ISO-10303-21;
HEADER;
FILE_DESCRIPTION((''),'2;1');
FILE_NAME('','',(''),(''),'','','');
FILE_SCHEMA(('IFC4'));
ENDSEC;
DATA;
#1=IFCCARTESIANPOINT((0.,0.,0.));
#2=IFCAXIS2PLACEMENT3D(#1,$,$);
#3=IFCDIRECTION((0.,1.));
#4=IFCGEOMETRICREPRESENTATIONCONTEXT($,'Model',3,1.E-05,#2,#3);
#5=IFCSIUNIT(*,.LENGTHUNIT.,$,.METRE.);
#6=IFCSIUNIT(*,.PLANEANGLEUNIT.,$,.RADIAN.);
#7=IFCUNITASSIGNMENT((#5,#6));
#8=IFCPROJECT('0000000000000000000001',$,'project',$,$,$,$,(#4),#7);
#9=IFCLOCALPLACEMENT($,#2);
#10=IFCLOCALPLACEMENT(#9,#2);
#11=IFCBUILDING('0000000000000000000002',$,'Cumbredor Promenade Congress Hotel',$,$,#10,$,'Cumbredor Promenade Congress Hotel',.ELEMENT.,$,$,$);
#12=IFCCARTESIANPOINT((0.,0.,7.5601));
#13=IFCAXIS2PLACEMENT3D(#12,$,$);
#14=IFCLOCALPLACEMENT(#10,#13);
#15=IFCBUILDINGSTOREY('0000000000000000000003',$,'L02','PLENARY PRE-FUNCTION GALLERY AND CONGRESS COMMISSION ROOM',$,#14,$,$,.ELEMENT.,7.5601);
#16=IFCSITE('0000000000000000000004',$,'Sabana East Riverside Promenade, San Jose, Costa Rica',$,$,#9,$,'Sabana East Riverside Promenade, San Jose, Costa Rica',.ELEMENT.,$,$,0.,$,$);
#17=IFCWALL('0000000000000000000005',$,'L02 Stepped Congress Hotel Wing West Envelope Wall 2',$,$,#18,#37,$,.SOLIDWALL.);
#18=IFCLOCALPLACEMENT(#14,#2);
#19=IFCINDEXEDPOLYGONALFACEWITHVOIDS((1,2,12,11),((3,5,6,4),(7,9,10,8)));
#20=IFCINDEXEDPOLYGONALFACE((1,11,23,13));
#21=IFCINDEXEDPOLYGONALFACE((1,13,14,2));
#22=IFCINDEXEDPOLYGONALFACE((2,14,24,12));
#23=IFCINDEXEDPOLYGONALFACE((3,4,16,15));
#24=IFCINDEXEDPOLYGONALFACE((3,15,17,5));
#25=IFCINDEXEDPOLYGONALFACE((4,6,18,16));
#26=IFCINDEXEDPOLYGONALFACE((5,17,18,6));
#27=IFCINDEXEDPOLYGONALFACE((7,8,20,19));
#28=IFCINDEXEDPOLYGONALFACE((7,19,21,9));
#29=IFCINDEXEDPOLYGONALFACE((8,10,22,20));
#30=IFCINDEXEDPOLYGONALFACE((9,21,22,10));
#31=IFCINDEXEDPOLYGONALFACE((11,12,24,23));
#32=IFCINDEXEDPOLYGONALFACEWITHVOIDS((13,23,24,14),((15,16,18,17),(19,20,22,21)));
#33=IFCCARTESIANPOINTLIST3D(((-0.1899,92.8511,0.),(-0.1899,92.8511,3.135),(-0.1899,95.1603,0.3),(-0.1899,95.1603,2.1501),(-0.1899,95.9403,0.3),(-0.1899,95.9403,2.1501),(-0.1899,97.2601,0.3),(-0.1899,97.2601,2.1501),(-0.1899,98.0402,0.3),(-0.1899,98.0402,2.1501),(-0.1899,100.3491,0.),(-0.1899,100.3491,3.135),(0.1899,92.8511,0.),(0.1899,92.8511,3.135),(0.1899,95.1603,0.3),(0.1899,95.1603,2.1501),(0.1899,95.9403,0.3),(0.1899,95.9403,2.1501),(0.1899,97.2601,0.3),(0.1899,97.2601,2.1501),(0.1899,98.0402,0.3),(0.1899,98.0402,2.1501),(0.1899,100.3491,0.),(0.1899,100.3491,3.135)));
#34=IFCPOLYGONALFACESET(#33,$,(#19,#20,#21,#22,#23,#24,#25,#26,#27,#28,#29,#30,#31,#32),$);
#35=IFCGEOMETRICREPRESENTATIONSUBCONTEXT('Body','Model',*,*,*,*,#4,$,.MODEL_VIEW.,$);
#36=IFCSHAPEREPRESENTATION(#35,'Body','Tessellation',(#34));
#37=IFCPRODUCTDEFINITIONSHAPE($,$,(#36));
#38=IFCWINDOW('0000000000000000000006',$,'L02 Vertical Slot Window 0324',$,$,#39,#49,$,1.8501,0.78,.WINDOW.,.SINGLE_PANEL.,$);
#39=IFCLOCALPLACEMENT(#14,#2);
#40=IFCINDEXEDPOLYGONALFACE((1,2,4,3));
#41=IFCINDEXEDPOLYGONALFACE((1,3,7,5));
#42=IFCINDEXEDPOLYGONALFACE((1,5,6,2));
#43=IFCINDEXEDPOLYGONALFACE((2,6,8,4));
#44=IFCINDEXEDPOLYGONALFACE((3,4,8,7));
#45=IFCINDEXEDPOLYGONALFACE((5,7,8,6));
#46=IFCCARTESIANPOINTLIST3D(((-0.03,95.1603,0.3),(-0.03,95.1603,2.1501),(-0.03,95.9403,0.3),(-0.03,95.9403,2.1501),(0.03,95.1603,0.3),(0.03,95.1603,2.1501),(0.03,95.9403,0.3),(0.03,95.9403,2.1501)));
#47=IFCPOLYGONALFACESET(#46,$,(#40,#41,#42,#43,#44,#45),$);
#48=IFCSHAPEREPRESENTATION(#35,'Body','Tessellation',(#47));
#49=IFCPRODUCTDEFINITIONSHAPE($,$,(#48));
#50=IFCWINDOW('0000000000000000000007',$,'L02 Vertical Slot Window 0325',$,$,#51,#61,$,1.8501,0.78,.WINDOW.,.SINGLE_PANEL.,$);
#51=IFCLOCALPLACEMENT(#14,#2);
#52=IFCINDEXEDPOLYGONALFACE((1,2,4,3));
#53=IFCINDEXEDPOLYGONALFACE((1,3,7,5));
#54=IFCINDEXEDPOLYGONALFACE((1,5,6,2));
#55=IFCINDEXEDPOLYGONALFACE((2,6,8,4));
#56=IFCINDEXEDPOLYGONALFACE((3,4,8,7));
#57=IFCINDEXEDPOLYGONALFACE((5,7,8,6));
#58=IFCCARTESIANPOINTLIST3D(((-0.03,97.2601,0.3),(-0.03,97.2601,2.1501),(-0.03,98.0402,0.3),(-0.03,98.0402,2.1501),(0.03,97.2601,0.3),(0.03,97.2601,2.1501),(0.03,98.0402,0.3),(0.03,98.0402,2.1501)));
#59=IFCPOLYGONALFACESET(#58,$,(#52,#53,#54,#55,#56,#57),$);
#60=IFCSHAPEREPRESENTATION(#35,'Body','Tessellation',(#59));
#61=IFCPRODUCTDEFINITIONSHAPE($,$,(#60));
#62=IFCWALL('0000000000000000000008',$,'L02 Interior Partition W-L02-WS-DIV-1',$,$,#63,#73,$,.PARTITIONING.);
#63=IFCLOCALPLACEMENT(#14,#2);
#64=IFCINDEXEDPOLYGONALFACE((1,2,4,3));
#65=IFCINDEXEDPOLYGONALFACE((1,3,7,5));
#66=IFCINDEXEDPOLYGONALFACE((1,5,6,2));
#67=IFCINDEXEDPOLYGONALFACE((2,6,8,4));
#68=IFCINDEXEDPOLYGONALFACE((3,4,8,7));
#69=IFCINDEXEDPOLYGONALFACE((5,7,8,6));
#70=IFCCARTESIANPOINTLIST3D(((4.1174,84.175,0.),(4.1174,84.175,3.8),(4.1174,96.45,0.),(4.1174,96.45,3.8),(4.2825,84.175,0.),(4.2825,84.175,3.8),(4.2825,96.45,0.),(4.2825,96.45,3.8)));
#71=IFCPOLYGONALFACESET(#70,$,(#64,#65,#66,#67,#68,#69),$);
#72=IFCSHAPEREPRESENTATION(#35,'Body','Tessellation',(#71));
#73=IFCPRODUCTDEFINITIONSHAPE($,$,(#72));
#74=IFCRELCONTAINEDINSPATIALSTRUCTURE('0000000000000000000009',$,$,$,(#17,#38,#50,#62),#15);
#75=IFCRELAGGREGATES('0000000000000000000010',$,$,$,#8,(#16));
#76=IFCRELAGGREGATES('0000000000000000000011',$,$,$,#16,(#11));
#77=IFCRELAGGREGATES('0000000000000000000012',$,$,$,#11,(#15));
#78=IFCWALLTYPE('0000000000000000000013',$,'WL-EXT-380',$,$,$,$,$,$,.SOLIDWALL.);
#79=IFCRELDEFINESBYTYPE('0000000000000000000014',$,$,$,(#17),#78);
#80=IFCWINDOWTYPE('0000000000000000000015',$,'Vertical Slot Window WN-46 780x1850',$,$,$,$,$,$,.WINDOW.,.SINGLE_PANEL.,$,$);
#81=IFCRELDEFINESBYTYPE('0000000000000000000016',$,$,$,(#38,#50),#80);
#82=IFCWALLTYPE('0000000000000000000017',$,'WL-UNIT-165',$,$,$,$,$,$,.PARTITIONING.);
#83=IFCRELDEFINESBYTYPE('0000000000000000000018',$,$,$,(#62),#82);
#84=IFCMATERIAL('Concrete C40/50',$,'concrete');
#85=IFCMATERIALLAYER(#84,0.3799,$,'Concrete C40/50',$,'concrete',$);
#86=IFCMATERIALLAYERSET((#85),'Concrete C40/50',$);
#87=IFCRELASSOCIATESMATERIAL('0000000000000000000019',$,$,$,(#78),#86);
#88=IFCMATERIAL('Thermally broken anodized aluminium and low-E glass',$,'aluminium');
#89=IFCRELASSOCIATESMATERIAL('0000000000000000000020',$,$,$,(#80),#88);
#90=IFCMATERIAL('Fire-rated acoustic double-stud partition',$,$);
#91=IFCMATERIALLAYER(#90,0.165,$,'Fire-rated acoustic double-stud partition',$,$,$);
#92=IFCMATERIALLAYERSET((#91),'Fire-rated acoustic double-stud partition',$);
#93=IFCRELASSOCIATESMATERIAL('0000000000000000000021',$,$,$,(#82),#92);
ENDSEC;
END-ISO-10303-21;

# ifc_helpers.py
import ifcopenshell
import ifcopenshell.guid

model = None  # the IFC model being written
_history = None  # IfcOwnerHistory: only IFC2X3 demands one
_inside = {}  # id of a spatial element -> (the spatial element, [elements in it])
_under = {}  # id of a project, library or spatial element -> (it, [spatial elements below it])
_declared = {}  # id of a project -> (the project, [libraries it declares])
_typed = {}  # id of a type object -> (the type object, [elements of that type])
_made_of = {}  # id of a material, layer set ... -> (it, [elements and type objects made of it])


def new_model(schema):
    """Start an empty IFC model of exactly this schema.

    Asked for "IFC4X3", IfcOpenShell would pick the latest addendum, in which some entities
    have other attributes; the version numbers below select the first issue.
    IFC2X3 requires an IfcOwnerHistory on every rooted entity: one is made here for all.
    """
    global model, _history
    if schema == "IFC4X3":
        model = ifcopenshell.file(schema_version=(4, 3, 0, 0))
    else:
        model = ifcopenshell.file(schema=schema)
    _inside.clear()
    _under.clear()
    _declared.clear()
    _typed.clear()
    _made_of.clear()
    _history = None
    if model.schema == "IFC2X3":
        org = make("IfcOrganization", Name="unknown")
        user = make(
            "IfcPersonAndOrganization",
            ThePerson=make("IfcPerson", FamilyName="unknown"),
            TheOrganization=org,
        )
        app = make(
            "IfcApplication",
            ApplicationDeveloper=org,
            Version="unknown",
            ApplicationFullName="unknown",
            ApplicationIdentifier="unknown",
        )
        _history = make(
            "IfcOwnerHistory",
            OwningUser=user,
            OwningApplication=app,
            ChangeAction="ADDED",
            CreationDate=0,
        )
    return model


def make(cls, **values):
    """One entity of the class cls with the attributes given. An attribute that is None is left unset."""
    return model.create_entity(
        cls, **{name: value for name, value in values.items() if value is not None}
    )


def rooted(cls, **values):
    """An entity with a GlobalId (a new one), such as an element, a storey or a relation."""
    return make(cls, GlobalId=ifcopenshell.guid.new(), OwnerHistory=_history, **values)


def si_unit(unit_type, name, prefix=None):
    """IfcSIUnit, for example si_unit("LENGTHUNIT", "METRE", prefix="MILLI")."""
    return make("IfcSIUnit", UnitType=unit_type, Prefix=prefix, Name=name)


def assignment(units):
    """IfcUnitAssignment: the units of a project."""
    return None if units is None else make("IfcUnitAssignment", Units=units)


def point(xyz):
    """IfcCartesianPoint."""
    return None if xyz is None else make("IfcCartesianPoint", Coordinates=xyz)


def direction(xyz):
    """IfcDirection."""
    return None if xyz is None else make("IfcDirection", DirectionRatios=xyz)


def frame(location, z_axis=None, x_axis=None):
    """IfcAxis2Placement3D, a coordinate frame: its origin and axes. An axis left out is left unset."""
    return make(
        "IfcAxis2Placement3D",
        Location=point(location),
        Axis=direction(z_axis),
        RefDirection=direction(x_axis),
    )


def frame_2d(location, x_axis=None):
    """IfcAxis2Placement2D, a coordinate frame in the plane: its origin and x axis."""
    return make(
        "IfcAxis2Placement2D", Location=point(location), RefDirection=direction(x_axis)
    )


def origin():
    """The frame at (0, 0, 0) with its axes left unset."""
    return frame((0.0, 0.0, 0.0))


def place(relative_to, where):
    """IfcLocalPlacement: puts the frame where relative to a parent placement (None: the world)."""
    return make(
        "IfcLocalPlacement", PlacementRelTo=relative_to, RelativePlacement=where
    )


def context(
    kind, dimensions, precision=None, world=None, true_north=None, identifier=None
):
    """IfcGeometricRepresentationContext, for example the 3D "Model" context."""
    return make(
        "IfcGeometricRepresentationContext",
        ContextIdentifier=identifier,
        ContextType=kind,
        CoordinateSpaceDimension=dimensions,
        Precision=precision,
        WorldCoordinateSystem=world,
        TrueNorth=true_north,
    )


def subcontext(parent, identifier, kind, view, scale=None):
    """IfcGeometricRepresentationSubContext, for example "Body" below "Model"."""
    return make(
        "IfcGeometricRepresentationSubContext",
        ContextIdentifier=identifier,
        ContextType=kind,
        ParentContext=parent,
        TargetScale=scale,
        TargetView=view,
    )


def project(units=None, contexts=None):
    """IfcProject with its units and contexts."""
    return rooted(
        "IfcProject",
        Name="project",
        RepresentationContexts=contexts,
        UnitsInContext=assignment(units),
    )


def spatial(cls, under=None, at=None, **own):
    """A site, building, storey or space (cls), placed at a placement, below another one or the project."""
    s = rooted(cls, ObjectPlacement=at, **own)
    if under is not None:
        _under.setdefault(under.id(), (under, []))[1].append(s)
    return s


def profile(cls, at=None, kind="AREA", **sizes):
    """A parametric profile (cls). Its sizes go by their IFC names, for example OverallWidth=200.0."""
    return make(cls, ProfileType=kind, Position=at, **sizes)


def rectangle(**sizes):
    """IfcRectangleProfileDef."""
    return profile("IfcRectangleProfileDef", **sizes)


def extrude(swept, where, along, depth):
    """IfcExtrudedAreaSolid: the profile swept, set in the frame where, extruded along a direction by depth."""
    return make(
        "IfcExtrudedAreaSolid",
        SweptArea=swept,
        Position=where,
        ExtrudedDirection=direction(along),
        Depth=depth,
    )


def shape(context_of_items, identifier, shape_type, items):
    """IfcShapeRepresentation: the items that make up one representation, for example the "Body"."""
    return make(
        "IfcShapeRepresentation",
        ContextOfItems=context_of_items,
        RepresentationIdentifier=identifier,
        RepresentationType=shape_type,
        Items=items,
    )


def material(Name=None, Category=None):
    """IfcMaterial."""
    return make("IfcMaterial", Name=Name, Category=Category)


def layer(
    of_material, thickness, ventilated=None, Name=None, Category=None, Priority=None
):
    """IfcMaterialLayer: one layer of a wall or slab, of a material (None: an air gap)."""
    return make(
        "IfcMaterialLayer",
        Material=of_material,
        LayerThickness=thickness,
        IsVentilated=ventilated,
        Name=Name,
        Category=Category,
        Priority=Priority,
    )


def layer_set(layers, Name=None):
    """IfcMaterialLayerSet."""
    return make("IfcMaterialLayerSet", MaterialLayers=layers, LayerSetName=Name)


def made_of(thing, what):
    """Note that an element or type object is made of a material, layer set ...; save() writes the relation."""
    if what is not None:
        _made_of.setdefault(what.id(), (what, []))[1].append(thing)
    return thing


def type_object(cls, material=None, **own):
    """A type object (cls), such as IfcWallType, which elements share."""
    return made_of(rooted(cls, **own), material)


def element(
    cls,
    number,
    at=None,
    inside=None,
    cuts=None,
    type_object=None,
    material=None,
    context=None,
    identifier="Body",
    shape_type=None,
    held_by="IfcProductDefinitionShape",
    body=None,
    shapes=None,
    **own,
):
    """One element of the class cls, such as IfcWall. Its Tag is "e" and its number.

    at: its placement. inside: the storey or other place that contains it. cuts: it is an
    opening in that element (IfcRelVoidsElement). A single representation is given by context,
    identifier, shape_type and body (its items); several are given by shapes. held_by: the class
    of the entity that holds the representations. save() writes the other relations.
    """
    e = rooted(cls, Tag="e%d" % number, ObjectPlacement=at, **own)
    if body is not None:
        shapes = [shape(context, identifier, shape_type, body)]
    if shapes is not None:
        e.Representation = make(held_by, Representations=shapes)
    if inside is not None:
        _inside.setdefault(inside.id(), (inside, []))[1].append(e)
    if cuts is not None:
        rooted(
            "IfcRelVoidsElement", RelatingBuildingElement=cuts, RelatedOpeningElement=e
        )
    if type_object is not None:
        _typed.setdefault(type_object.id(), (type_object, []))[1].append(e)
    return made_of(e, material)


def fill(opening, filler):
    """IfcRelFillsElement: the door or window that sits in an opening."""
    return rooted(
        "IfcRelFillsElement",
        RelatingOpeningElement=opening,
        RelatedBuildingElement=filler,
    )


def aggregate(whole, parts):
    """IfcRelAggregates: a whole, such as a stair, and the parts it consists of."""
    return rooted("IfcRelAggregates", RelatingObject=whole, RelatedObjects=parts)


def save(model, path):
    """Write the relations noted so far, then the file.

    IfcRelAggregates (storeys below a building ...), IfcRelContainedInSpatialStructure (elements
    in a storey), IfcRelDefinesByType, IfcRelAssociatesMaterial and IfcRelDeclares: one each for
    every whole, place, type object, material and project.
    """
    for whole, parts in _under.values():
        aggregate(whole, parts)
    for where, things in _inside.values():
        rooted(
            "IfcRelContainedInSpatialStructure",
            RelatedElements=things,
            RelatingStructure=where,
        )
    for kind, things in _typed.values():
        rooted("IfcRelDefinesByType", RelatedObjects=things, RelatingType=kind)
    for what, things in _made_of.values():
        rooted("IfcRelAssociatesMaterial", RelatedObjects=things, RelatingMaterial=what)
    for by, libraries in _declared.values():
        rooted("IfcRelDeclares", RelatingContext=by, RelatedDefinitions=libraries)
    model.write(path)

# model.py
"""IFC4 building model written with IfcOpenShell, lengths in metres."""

from ifc_helpers import new_model, si_unit, direction, frame, frame_2d, origin, place, context, subcontext, project, spatial, rectangle, extrude, material, layer, layer_set, type_object, element, fill, save


model = new_model("IFC4")

# Units and contexts
model_context = context("Model", 3, precision=1e-05, world=origin(), true_north=direction((0.0, 1.0)))
body_context = subcontext(model_context, "Body", "Model", "MODEL_VIEW")
ifc_project = project(units=[si_unit("LENGTHUNIT", "METRE"), si_unit("PLANEANGLEUNIT", "RADIAN")], contexts=[model_context])

# Site, building, storey
site_placement = place(None, origin())
site = spatial("IfcSite", under=ifc_project, at=site_placement, Name="Sabana East Riverside Promenade, San Jose, Costa Rica", LongName="Sabana East Riverside Promenade, San Jose, Costa Rica", CompositionType="ELEMENT", RefElevation=0.0)
building_placement = place(site_placement, origin())
building = spatial("IfcBuilding", under=site, at=building_placement, Name="Cumbredor Promenade Congress Hotel", LongName="Cumbredor Promenade Congress Hotel", CompositionType="ELEMENT")
storey_placement = place(building_placement, frame((0.0, 0.0, 7.5601)))
storey = spatial("IfcBuildingStorey", under=building, at=storey_placement, Name="L02", Description="PLENARY PRE-FUNCTION GALLERY AND CONGRESS COMMISSION ROOM", CompositionType="ELEMENT", Elevation=7.5601)

# Shared definitions
ifc_material_1 = material(Name="Concrete C40/50", Category="concrete")

# Shared definitions
ifc_material_2 = material(Name="Thermally broken anodized aluminium and low-E glass", Category="aluminium")

# Wall, openings, windows
ifc_layer_1 = layer(ifc_material_1, 0.3799, Name="Concrete C40/50", Category="concrete")
ifc_layer_set_1 = layer_set([ifc_layer_1], Name="Concrete C40/50")
wall_type_1 = type_object("IfcWallType", Name="WL-EXT-380", PredefinedType="SOLIDWALL", material=ifc_layer_set_1)
wall_1_placement = place(storey_placement, frame((0.0, 92.8511, 0.0), z_axis=(0.0, 0.0, 1.0), x_axis=(0.0, 1.0, 0.0)))
wall_1 = element("IfcWall", 1, at=wall_1_placement, inside=storey, type_object=wall_type_1, Name="L02 Stepped Congress Hotel Wing West Envelope Wall 2", PredefinedType="SOLIDWALL", context=body_context, shape_type="SweptSolid", body=[
    extrude(rectangle(XDim=7.498, YDim=0.3799, at=frame_2d((3.749, 0.0))), origin(), (0.0, 0.0, 1.0), 3.135),
])
opening_1_placement = place(wall_1_placement, frame((2.3091, 0.0, 0.3)))
opening_1 = element("IfcOpeningElement", 2, at=opening_1_placement, cuts=wall_1, PredefinedType="OPENING", context=body_context, shape_type="SweptSolid", body=[
    extrude(rectangle(XDim=0.78, YDim=1.8501, at=frame_2d((0.3901, 0.925))), frame((0.0, 0.2, 0.0), z_axis=(0.0, -1.0, 0.0), x_axis=(1.0, 0.0, 0.0)), (0.0, 0.0, 1.0), 0.3999),
])
opening_2_placement = place(wall_1_placement, frame((4.4089, 0.0, 0.3)))
opening_2 = element("IfcOpeningElement", 3, at=opening_2_placement, cuts=wall_1, PredefinedType="OPENING", context=body_context, shape_type="SweptSolid", body=[
    extrude(rectangle(XDim=0.78, YDim=1.8501, at=frame_2d((0.3901, 0.925))), frame((0.0, 0.2, 0.0), z_axis=(0.0, -1.0, 0.0), x_axis=(1.0, 0.0, 0.0)), (0.0, 0.0, 1.0), 0.3999),
])
window_type_1 = type_object("IfcWindowType", Name="Vertical Slot Window WN-46 780x1850", PartitioningType="SINGLE_PANEL", PredefinedType="WINDOW", material=ifc_material_2)
window_1_placement = place(opening_1_placement, origin())
window_1 = element("IfcWindow", 4, at=window_1_placement, inside=storey, type_object=window_type_1, Name="L02 Vertical Slot Window 0324", OverallHeight=1.8501, OverallWidth=0.78, PartitioningType="SINGLE_PANEL", PredefinedType="WINDOW", context=body_context, shape_type="SweptSolid", body=[
    extrude(rectangle(XDim=0.78, YDim=1.8501, at=frame_2d((0.3901, 0.925))), frame((0.0, 0.03, 0.0), z_axis=(0.0, -1.0, 0.0), x_axis=(1.0, 0.0, 0.0)), (0.0, 0.0, 1.0), 0.0601),
])
fill(opening_1, window_1)
window_2_placement = place(opening_2_placement, origin())
window_2 = element("IfcWindow", 5, at=window_2_placement, inside=storey, type_object=window_type_1, Name="L02 Vertical Slot Window 0325", OverallHeight=1.8501, OverallWidth=0.78, PartitioningType="SINGLE_PANEL", PredefinedType="WINDOW", context=body_context, shape_type="SweptSolid", body=[
    extrude(rectangle(XDim=0.78, YDim=1.8501, at=frame_2d((0.3901, 0.925))), frame((0.0, 0.03, 0.0), z_axis=(0.0, -1.0, 0.0), x_axis=(1.0, 0.0, 0.0)), (0.0, 0.0, 1.0), 0.0601),
])
fill(opening_2, window_2)

# Wall
ifc_material_3 = material(Name="Fire-rated acoustic double-stud partition")
ifc_layer_2 = layer(ifc_material_3, 0.165, Name="Fire-rated acoustic double-stud partition")
ifc_layer_set_2 = layer_set([ifc_layer_2], Name="Fire-rated acoustic double-stud partition")
wall_type_2 = type_object("IfcWallType", Name="WL-UNIT-165", PredefinedType="PARTITIONING", material=ifc_layer_set_2)
wall_2_placement = place(storey_placement, frame((4.2, 84.175, 0.0), z_axis=(0.0, 0.0, 1.0), x_axis=(0.0, 1.0, 0.0)))
element("IfcWall", 6, at=wall_2_placement, inside=storey, type_object=wall_type_2, Name="L02 Interior Partition W-L02-WS-DIV-1", PredefinedType="PARTITIONING", context=body_context, shape_type="SweptSolid", body=[
    extrude(rectangle(XDim=12.2749, YDim=0.165, at=frame_2d((6.1375, 0.0))), origin(), (0.0, 0.0, 1.0), 3.8),
])

save(model, "model.ifc")
